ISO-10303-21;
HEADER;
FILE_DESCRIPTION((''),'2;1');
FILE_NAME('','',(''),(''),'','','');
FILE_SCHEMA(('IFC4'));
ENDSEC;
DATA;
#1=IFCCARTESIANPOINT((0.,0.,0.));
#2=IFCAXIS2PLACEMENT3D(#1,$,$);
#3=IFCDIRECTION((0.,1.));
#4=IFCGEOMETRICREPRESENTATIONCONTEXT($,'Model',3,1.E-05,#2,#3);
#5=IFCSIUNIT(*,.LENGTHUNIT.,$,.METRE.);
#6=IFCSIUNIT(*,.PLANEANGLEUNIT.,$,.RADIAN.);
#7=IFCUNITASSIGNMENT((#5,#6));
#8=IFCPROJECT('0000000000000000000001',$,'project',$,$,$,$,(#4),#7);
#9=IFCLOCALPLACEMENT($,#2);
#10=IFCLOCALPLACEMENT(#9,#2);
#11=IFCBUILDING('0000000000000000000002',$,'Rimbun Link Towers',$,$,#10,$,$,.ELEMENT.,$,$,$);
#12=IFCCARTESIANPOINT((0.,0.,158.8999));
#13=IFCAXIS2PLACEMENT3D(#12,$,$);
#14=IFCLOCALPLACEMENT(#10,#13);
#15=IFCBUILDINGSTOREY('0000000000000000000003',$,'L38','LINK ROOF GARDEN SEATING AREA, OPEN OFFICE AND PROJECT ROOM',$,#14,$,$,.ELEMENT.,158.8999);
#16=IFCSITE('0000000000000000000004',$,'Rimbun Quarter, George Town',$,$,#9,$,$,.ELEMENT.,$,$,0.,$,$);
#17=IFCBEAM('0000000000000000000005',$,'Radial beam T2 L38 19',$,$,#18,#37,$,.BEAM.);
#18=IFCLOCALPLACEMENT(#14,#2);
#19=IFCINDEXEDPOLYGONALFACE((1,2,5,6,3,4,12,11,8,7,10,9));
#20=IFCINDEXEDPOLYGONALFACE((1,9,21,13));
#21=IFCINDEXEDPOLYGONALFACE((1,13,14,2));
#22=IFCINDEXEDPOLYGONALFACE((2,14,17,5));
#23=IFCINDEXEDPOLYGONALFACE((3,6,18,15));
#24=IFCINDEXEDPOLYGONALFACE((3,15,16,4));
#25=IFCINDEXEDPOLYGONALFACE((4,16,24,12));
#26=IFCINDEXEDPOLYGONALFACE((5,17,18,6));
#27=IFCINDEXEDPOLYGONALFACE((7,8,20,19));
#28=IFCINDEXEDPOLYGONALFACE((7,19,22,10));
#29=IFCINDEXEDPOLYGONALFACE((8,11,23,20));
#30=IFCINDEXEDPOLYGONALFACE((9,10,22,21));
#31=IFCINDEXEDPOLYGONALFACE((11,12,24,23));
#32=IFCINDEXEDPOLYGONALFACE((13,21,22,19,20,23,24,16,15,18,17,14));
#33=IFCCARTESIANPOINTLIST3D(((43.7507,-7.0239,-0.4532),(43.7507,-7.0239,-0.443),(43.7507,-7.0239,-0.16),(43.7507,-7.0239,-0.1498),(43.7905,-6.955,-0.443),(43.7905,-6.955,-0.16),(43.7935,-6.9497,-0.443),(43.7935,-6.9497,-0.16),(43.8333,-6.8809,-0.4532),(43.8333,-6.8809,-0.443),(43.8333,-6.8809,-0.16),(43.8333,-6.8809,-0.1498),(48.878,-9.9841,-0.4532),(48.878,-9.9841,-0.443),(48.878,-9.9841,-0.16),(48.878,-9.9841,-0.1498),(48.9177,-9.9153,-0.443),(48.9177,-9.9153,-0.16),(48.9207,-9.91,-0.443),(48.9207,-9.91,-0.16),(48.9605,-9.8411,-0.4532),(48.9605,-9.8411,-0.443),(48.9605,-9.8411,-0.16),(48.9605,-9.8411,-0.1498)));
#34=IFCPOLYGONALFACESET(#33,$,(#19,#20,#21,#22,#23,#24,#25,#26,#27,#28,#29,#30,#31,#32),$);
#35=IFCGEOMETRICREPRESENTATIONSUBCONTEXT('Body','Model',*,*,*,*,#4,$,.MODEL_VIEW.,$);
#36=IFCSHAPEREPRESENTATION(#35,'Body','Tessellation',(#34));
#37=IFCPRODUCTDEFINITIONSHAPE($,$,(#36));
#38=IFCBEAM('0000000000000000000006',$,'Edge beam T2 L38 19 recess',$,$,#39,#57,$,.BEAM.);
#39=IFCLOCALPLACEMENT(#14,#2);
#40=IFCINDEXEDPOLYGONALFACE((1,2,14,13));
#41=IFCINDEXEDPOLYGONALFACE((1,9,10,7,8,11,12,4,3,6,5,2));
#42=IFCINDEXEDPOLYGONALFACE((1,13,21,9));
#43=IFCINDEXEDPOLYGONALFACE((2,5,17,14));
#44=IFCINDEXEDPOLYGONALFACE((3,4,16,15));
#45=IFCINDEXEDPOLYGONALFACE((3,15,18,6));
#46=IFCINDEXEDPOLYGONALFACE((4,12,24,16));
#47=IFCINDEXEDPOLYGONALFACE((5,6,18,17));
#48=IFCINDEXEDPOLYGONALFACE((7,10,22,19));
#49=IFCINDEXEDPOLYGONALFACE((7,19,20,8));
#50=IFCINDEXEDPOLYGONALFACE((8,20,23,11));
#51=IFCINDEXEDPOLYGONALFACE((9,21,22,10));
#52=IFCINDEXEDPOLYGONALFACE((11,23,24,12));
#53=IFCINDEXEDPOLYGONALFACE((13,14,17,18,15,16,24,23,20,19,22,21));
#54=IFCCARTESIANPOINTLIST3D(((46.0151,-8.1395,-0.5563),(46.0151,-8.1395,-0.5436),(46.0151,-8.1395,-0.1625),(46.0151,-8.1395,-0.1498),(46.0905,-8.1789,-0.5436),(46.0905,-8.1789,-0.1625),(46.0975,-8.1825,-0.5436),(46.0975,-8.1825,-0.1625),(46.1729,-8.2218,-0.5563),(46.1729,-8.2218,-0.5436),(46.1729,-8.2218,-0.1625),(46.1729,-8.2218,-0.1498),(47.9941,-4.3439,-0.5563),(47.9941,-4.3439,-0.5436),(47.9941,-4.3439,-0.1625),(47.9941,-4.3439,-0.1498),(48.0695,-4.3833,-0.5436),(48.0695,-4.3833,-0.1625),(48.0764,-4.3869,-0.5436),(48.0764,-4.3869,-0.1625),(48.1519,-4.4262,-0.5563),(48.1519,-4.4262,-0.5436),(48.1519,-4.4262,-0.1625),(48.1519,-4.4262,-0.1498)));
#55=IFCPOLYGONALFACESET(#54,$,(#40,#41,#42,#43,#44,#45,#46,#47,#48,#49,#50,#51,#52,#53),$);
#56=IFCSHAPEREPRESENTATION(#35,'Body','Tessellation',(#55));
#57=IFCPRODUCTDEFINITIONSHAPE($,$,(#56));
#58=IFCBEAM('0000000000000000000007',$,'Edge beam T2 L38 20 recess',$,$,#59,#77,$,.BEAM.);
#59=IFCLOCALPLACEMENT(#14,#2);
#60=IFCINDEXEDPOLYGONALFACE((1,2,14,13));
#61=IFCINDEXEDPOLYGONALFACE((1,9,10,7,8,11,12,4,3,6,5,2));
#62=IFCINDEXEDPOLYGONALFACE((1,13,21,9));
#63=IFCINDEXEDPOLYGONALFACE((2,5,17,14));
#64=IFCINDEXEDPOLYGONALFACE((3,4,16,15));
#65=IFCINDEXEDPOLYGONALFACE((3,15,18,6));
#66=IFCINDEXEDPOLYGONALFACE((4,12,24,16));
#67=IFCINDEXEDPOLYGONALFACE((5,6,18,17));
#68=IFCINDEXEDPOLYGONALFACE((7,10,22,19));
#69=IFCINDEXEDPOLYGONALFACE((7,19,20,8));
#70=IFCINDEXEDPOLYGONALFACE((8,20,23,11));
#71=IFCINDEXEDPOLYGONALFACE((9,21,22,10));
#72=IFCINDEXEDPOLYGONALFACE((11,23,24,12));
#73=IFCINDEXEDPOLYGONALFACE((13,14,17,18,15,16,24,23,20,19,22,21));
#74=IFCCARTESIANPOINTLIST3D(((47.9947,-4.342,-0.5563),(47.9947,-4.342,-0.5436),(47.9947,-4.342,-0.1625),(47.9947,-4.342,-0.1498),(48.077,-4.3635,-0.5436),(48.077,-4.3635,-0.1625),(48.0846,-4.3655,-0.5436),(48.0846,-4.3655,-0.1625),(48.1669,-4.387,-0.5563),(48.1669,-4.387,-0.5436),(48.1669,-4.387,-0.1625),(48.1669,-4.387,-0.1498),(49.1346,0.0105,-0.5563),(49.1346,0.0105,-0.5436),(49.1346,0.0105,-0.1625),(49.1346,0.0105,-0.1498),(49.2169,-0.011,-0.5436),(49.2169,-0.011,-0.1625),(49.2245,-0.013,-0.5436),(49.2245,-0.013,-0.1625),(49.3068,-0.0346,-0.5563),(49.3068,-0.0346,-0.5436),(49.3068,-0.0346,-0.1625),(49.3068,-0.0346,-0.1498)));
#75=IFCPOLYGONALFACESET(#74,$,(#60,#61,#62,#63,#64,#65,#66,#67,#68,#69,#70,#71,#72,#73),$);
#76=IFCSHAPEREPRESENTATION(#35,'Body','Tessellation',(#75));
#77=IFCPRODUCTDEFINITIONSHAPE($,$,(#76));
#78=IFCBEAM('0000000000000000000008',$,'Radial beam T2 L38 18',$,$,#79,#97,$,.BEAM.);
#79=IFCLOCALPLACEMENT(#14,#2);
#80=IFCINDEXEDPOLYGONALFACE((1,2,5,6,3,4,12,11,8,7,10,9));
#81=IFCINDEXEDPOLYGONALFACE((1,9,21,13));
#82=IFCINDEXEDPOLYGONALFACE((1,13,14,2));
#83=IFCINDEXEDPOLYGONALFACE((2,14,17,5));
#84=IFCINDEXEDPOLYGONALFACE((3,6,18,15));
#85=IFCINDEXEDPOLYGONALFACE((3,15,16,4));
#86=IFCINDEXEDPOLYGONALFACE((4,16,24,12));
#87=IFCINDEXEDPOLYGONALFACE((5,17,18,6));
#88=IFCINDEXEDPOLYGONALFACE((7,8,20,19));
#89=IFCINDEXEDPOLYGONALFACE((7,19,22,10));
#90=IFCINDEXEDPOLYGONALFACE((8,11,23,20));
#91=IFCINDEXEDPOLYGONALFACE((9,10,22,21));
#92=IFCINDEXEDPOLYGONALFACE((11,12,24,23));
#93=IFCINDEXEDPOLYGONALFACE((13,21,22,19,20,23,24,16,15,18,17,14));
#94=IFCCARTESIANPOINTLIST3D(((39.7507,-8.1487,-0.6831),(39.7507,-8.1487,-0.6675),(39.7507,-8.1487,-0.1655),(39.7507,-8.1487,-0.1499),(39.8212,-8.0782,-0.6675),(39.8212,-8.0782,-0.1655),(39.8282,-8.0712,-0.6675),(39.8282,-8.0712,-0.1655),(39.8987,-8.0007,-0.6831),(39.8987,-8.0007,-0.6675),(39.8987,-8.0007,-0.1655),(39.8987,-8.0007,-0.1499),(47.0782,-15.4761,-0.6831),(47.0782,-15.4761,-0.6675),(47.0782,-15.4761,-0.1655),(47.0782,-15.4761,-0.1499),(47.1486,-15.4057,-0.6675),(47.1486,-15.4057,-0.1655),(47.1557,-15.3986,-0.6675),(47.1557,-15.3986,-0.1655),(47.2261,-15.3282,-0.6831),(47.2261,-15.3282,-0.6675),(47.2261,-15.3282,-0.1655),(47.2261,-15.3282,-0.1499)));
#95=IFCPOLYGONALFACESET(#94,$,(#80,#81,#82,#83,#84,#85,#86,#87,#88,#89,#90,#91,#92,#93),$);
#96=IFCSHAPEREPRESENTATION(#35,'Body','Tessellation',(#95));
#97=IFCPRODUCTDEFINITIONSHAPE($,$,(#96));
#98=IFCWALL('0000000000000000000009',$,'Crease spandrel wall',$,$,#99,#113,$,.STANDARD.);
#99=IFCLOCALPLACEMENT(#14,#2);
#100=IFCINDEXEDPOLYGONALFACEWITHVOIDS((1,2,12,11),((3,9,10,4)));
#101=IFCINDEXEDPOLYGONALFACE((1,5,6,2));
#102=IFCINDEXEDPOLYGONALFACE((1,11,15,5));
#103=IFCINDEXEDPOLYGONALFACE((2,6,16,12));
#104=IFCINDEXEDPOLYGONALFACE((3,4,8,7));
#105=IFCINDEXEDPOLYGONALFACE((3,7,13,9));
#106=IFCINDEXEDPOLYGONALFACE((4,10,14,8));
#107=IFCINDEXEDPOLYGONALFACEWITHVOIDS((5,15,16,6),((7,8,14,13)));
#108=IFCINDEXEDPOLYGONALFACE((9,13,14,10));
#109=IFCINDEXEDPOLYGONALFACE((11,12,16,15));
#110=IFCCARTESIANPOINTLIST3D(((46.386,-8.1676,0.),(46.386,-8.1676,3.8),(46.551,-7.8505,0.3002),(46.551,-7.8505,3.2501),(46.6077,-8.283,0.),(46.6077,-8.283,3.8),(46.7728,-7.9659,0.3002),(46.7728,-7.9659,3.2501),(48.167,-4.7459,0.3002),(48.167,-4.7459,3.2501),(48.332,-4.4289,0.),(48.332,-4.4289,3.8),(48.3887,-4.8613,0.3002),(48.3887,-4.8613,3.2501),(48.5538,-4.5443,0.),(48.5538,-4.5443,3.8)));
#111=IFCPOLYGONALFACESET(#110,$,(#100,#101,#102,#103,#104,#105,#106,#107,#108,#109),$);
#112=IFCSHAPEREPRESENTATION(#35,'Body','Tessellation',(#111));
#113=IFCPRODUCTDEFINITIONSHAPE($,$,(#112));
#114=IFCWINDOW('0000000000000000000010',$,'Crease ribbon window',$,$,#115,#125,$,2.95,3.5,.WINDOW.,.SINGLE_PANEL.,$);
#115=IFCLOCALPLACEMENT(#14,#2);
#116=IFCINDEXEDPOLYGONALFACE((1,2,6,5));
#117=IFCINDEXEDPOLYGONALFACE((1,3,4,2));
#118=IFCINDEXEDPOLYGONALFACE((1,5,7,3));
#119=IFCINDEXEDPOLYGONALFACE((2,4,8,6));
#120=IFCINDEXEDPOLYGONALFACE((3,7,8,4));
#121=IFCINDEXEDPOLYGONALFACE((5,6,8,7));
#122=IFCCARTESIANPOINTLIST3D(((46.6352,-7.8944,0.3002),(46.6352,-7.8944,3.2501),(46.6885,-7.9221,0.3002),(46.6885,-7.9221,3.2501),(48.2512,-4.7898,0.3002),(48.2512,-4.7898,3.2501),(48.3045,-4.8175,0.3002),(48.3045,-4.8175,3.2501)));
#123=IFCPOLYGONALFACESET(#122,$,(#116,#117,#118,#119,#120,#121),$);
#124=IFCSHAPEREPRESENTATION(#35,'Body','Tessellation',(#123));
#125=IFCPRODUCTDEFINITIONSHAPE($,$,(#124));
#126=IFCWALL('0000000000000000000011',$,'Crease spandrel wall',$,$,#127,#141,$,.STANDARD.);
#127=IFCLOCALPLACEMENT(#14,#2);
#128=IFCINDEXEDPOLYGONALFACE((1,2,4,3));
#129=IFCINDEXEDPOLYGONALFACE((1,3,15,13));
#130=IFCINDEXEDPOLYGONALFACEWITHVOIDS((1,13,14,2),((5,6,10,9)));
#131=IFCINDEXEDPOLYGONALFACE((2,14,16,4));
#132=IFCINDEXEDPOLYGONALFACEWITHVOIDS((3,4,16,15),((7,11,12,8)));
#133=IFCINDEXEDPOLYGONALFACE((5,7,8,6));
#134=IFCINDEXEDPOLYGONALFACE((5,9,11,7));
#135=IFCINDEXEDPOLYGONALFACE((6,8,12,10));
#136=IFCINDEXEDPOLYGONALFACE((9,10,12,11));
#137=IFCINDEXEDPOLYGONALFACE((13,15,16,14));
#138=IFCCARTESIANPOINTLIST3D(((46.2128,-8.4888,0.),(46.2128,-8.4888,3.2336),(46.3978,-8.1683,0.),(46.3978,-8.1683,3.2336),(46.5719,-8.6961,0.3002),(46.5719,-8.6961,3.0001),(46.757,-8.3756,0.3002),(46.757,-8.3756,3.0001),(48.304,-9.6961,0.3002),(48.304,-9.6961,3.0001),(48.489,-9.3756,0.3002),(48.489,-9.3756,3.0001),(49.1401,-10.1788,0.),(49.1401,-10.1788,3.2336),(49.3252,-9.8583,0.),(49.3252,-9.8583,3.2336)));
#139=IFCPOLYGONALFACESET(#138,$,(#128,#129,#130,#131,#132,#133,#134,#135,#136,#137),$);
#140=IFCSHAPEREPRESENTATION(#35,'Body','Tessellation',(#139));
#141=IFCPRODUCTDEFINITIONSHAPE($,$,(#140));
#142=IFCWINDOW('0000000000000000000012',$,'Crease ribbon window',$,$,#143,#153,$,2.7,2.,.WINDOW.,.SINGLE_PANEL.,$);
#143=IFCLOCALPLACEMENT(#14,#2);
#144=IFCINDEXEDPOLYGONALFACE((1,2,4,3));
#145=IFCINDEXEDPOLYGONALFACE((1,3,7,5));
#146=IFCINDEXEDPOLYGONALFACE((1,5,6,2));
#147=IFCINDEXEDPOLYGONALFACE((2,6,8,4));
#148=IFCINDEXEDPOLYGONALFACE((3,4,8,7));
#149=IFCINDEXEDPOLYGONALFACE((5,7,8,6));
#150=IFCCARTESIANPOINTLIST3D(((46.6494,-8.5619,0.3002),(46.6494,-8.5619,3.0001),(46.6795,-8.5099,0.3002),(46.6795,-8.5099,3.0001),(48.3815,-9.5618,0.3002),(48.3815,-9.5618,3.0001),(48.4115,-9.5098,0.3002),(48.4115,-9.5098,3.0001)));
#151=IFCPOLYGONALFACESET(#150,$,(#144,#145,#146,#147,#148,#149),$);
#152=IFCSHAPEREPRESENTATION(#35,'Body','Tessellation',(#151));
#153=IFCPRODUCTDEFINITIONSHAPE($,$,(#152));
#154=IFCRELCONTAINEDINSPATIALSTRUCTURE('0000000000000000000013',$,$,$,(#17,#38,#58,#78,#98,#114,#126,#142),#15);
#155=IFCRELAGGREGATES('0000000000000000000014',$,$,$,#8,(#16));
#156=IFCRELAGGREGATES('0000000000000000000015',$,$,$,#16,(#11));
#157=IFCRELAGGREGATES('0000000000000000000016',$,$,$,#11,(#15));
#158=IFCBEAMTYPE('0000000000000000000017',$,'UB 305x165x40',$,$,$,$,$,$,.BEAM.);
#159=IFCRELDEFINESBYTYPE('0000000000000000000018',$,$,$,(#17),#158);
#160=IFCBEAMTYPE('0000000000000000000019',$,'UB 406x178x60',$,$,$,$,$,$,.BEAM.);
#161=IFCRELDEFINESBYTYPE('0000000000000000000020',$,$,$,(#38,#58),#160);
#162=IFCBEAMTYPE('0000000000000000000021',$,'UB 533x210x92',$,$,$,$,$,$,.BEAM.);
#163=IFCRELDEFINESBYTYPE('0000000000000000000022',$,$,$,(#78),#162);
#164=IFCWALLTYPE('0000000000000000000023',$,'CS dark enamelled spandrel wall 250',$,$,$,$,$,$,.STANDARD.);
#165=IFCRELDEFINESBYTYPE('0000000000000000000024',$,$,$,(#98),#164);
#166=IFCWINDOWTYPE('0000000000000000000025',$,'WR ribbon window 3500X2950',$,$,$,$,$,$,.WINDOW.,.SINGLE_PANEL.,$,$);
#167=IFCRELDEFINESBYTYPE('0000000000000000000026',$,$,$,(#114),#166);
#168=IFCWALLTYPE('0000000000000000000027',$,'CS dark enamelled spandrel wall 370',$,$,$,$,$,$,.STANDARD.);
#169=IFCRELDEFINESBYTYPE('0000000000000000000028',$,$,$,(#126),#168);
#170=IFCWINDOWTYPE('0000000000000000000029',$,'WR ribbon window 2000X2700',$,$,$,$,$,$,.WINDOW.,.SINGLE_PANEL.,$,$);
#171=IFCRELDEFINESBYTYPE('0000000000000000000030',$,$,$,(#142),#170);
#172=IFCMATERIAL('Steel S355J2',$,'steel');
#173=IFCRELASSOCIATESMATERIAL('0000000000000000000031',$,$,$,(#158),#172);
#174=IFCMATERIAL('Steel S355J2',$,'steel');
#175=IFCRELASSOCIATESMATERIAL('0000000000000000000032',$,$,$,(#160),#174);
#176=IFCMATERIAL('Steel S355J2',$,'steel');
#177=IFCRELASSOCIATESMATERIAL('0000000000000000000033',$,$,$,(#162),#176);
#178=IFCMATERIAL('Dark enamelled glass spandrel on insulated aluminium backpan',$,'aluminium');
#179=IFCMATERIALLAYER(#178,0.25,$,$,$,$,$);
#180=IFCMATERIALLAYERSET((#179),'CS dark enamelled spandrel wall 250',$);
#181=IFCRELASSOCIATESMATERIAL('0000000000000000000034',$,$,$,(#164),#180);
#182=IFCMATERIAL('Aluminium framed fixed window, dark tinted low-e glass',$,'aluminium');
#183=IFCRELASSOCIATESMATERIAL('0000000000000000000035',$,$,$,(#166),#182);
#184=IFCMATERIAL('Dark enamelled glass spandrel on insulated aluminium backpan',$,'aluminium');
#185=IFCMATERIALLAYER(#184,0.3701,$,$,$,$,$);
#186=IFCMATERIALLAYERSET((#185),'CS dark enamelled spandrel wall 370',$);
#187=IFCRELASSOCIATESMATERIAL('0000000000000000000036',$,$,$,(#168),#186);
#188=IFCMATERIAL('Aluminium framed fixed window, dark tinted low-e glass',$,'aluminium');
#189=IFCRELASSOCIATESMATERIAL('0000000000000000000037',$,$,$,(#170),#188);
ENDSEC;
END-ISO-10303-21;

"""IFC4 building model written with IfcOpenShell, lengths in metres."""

from ifc_helpers import new_model, si_unit, direction, frame, frame_2d, origin, origin_2d, place, context, subcontext, project, spatial, rectangle, i_section, extrude, material, layer, layer_set, material_profile, profile_set, type_object, element, fill, save


model = new_model("IFC4")

# Units and contexts
model_context = context("Model", 3, precision=1e-05, world=origin(), true_north=direction((0.0, 1.0)))
body_context = subcontext(model_context, "Body", "Model", "MODEL_VIEW")
ifc_project = project(units=[si_unit("LENGTHUNIT", "METRE"), si_unit("PLANEANGLEUNIT", "RADIAN")], contexts=[model_context])

# Site, building, storey
site_placement = place(None, origin())
site = spatial("IfcSite", under=ifc_project, at=site_placement, Name="Rimbun Quarter, George Town", CompositionType="ELEMENT", RefElevation=0.0)
building_placement = place(site_placement, origin())
building = spatial("IfcBuilding", under=site, at=building_placement, Name="Rimbun Link Towers", CompositionType="ELEMENT")
storey_placement = place(building_placement, frame((0.0, 0.0, 158.8999)))
storey = spatial("IfcBuildingStorey", under=building, at=storey_placement, Name="L38", Description="LINK ROOF GARDEN SEATING AREA, OPEN OFFICE AND PROJECT ROOM", CompositionType="ELEMENT", Elevation=158.8999)

# Beams
ifc_material_1 = material(Name="Steel S355J2", Category="steel")
ifc_material_profile_1 = material_profile(ifc_material_1, i_section(OverallWidth=0.165, OverallDepth=0.3035, WebThickness=0.0061, FlangeThickness=0.0103, at=origin_2d()), Name="UB 305x165x40")
ifc_profile_set_1 = profile_set([ifc_material_profile_1], Name="Steel S355J2")
beam_type_1 = type_object("IfcBeamType", Name="UB 305x165x40", PredefinedType="BEAM", material=ifc_profile_set_1)
beam_1_placement = place(storey_placement, frame((43.792, -6.9524, -0.3015), z_axis=(0.866024, -0.500002, 0.0), x_axis=(0.500002, 0.866024, 0.0)))
element("IfcBeam", 1, at=beam_1_placement, inside=storey, type_object=beam_type_1, Name="Radial beam T2 L38 19", PredefinedType="BEAM", context=body_context, shape_type="SweptSolid", body=[
    extrude(i_section(OverallWidth=0.165, OverallDepth=0.3035, WebThickness=0.0061, FlangeThickness=0.0103, at=origin_2d()), origin(), (0.0, 0.0, 1.0), 5.9204),
])
ifc_material_2 = material(Name="Steel S355J2", Category="steel")
ifc_material_profile_2 = material_profile(ifc_material_2, i_section(OverallWidth=0.178, OverallDepth=0.4065, WebThickness=0.0078, FlangeThickness=0.0127, at=origin_2d()), Name="UB 406x178x60")
ifc_profile_set_2 = profile_set([ifc_material_profile_2], Name="Steel S355J2")
beam_type_2 = type_object("IfcBeamType", Name="UB 406x178x60", PredefinedType="BEAM", material=ifc_profile_set_2)
beam_2_placement = place(storey_placement, frame((46.094, -8.1807, -0.353), z_axis=(0.46232, 0.886713, 0.0), x_axis=(-0.886713, 0.46232, 0.0)))
element("IfcBeam", 2, at=beam_2_placement, inside=storey, type_object=beam_type_2, Name="Edge beam T2 L38 19 recess", PredefinedType="BEAM", context=body_context, shape_type="SweptSolid", body=[
    extrude(i_section(OverallWidth=0.178, OverallDepth=0.4065, WebThickness=0.0078, FlangeThickness=0.0127, at=origin_2d()), origin(), (0.0, 0.0, 1.0), 4.2805),
])
beam_3_placement = place(storey_placement, frame((48.0808, -4.3645, -0.353), z_axis=(0.253347, 0.967375, 0.0), x_axis=(-0.967375, 0.253347, 0.0)))
element("IfcBeam", 3, at=beam_3_placement, inside=storey, type_object=beam_type_2, Name="Edge beam T2 L38 20 recess", PredefinedType="BEAM", context=body_context, shape_type="SweptSolid", body=[
    extrude(i_section(OverallWidth=0.178, OverallDepth=0.4065, WebThickness=0.0078, FlangeThickness=0.0127, at=origin_2d()), origin(), (0.0, 0.0, 1.0), 4.4993),
])
ifc_material_3 = material(Name="Steel S355J2", Category="steel")
ifc_material_profile_3 = material_profile(ifc_material_3, i_section(OverallWidth=0.2092, OverallDepth=0.5332, WebThickness=0.01, FlangeThickness=0.0156, at=origin_2d()), Name="UB 533x210x92")
ifc_profile_set_3 = profile_set([ifc_material_profile_3], Name="Steel S355J2")
beam_type_3 = type_object("IfcBeamType", Name="UB 533x210x92", PredefinedType="BEAM", material=ifc_profile_set_3)
beam_4_placement = place(storey_placement, frame((39.8247, -8.0747, -0.4165), z_axis=(0.707107, -0.707107, 0.0), x_axis=(0.707107, 0.707107, 0.0)))
element("IfcBeam", 4, at=beam_4_placement, inside=storey, type_object=beam_type_3, Name="Radial beam T2 L38 18", PredefinedType="BEAM", context=body_context, shape_type="SweptSolid", body=[
    extrude(i_section(OverallWidth=0.2092, OverallDepth=0.5332, WebThickness=0.01, FlangeThickness=0.0156, at=origin_2d()), origin(), (0.0, 0.0, 1.0), 10.3625),
])

# Walls, openings, windows
ifc_material_4 = material(Name="Dark enamelled glass spandrel on insulated aluminium backpan", Category="aluminium")
ifc_layer_1 = layer(ifc_material_4, 0.25)
ifc_layer_set_1 = layer_set([ifc_layer_1], Name="CS dark enamelled spandrel wall 250")
wall_type_1 = type_object("IfcWallType", Name="CS dark enamelled spandrel wall 250", PredefinedType="STANDARD", material=ifc_layer_set_1)
wall_1_placement = place(storey_placement, frame((48.4429, -4.4866, 0.0), z_axis=(0.0, 0.0, 1.0), x_axis=(-0.461705, -0.887034, 0.0)))
wall_1 = element("IfcWall", 5, at=wall_1_placement, inside=storey, type_object=wall_type_1, Name="Crease spandrel wall", PredefinedType="STANDARD", context=body_context, shape_type="SweptSolid", body=[
    extrude(rectangle(XDim=4.2148, YDim=0.25, at=frame_2d((2.1074, 0.0))), origin(), (0.0, 0.0, 1.0), 3.8),
])
opening_1_placement = place(wall_1_placement, frame((0.3574, 0.0, 0.3)))
opening_1 = element("IfcOpeningElement", 6, at=opening_1_placement, cuts=wall_1, PredefinedType="OPENING", context=body_context, shape_type="SweptSolid", body=[
    extrude(rectangle(XDim=3.5, YDim=2.95, at=frame_2d((1.75, 1.4751))), frame((0.0, 0.135, 0.0), z_axis=(0.0, -1.0, 0.0), x_axis=(1.0, 0.0, 0.0)), (0.0, 0.0, 1.0), 0.27),
])
ifc_material_5 = material(Name="Aluminium framed fixed window, dark tinted low-e glass", Category="aluminium")
window_type_1 = type_object("IfcWindowType", Name="WR ribbon window 3500X2950", PartitioningType="SINGLE_PANEL", PredefinedType="WINDOW", material=ifc_material_5)
window_1_placement = place(opening_1_placement, origin())
window_1 = element("IfcWindow", 7, at=window_1_placement, inside=storey, type_object=window_type_1, Name="Crease ribbon window", OverallHeight=2.95, OverallWidth=3.5, PartitioningType="SINGLE_PANEL", PredefinedType="WINDOW", context=body_context, shape_type="SweptSolid", body=[
    extrude(rectangle(XDim=3.5, YDim=2.95, at=frame_2d((1.75, 1.4751))), frame((0.0, 0.03, 0.0), z_axis=(0.0, -1.0, 0.0), x_axis=(1.0, 0.0, 0.0)), (0.0, 0.0, 1.0), 0.0601),
])
fill(opening_1, window_1)
ifc_material_6 = material(Name="Dark enamelled glass spandrel on insulated aluminium backpan", Category="aluminium")
ifc_layer_2 = layer(ifc_material_6, 0.3701)
ifc_layer_set_2 = layer_set([ifc_layer_2], Name="CS dark enamelled spandrel wall 370")
wall_type_2 = type_object("IfcWallType", Name="CS dark enamelled spandrel wall 370", PredefinedType="STANDARD", material=ifc_layer_set_2)
wall_2_placement = place(storey_placement, frame((46.3054, -8.3286, 0.0), z_axis=(0.0, 0.0, 1.0), x_axis=(0.866039, -0.499977, 0.0)))
wall_2 = element("IfcWall", 8, at=wall_2_placement, inside=storey, type_object=wall_type_2, Name="Crease spandrel wall", PredefinedType="STANDARD", context=body_context, shape_type="SweptSolid", body=[
    extrude(rectangle(XDim=3.3801, YDim=0.3701, at=frame_2d((1.6899, 0.0))), origin(), (0.0, 0.0, 1.0), 3.2336),
])
opening_2_placement = place(wall_2_placement, frame((0.4146, 0.0, 0.3)))
opening_2 = element("IfcOpeningElement", 9, at=opening_2_placement, cuts=wall_2, PredefinedType="OPENING", context=body_context, shape_type="SweptSolid", body=[
    extrude(rectangle(XDim=2.0, YDim=2.7, at=frame_2d((1.0, 1.3501))), frame((0.0, 0.1951, 0.0), z_axis=(0.0, -1.0, 0.0), x_axis=(1.0, 0.0, 0.0)), (0.0, 0.0, 1.0), 0.3901),
])
ifc_material_7 = material(Name="Aluminium framed fixed window, dark tinted low-e glass", Category="aluminium")
window_type_2 = type_object("IfcWindowType", Name="WR ribbon window 2000X2700", PartitioningType="SINGLE_PANEL", PredefinedType="WINDOW", material=ifc_material_7)
window_2_placement = place(opening_2_placement, origin())
window_2 = element("IfcWindow", 10, at=window_2_placement, inside=storey, type_object=window_type_2, Name="Crease ribbon window", OverallHeight=2.7, OverallWidth=2.0, PartitioningType="SINGLE_PANEL", PredefinedType="WINDOW", context=body_context, shape_type="SweptSolid", body=[
    extrude(rectangle(XDim=2.0, YDim=2.7, at=frame_2d((1.0, 1.3501))), frame((0.0, 0.03, 0.0), z_axis=(0.0, -1.0, 0.0), x_axis=(1.0, 0.0, 0.0)), (0.0, 0.0, 1.0), 0.0601),
])
fill(opening_2, window_2)

save(model, "model.ifc")
